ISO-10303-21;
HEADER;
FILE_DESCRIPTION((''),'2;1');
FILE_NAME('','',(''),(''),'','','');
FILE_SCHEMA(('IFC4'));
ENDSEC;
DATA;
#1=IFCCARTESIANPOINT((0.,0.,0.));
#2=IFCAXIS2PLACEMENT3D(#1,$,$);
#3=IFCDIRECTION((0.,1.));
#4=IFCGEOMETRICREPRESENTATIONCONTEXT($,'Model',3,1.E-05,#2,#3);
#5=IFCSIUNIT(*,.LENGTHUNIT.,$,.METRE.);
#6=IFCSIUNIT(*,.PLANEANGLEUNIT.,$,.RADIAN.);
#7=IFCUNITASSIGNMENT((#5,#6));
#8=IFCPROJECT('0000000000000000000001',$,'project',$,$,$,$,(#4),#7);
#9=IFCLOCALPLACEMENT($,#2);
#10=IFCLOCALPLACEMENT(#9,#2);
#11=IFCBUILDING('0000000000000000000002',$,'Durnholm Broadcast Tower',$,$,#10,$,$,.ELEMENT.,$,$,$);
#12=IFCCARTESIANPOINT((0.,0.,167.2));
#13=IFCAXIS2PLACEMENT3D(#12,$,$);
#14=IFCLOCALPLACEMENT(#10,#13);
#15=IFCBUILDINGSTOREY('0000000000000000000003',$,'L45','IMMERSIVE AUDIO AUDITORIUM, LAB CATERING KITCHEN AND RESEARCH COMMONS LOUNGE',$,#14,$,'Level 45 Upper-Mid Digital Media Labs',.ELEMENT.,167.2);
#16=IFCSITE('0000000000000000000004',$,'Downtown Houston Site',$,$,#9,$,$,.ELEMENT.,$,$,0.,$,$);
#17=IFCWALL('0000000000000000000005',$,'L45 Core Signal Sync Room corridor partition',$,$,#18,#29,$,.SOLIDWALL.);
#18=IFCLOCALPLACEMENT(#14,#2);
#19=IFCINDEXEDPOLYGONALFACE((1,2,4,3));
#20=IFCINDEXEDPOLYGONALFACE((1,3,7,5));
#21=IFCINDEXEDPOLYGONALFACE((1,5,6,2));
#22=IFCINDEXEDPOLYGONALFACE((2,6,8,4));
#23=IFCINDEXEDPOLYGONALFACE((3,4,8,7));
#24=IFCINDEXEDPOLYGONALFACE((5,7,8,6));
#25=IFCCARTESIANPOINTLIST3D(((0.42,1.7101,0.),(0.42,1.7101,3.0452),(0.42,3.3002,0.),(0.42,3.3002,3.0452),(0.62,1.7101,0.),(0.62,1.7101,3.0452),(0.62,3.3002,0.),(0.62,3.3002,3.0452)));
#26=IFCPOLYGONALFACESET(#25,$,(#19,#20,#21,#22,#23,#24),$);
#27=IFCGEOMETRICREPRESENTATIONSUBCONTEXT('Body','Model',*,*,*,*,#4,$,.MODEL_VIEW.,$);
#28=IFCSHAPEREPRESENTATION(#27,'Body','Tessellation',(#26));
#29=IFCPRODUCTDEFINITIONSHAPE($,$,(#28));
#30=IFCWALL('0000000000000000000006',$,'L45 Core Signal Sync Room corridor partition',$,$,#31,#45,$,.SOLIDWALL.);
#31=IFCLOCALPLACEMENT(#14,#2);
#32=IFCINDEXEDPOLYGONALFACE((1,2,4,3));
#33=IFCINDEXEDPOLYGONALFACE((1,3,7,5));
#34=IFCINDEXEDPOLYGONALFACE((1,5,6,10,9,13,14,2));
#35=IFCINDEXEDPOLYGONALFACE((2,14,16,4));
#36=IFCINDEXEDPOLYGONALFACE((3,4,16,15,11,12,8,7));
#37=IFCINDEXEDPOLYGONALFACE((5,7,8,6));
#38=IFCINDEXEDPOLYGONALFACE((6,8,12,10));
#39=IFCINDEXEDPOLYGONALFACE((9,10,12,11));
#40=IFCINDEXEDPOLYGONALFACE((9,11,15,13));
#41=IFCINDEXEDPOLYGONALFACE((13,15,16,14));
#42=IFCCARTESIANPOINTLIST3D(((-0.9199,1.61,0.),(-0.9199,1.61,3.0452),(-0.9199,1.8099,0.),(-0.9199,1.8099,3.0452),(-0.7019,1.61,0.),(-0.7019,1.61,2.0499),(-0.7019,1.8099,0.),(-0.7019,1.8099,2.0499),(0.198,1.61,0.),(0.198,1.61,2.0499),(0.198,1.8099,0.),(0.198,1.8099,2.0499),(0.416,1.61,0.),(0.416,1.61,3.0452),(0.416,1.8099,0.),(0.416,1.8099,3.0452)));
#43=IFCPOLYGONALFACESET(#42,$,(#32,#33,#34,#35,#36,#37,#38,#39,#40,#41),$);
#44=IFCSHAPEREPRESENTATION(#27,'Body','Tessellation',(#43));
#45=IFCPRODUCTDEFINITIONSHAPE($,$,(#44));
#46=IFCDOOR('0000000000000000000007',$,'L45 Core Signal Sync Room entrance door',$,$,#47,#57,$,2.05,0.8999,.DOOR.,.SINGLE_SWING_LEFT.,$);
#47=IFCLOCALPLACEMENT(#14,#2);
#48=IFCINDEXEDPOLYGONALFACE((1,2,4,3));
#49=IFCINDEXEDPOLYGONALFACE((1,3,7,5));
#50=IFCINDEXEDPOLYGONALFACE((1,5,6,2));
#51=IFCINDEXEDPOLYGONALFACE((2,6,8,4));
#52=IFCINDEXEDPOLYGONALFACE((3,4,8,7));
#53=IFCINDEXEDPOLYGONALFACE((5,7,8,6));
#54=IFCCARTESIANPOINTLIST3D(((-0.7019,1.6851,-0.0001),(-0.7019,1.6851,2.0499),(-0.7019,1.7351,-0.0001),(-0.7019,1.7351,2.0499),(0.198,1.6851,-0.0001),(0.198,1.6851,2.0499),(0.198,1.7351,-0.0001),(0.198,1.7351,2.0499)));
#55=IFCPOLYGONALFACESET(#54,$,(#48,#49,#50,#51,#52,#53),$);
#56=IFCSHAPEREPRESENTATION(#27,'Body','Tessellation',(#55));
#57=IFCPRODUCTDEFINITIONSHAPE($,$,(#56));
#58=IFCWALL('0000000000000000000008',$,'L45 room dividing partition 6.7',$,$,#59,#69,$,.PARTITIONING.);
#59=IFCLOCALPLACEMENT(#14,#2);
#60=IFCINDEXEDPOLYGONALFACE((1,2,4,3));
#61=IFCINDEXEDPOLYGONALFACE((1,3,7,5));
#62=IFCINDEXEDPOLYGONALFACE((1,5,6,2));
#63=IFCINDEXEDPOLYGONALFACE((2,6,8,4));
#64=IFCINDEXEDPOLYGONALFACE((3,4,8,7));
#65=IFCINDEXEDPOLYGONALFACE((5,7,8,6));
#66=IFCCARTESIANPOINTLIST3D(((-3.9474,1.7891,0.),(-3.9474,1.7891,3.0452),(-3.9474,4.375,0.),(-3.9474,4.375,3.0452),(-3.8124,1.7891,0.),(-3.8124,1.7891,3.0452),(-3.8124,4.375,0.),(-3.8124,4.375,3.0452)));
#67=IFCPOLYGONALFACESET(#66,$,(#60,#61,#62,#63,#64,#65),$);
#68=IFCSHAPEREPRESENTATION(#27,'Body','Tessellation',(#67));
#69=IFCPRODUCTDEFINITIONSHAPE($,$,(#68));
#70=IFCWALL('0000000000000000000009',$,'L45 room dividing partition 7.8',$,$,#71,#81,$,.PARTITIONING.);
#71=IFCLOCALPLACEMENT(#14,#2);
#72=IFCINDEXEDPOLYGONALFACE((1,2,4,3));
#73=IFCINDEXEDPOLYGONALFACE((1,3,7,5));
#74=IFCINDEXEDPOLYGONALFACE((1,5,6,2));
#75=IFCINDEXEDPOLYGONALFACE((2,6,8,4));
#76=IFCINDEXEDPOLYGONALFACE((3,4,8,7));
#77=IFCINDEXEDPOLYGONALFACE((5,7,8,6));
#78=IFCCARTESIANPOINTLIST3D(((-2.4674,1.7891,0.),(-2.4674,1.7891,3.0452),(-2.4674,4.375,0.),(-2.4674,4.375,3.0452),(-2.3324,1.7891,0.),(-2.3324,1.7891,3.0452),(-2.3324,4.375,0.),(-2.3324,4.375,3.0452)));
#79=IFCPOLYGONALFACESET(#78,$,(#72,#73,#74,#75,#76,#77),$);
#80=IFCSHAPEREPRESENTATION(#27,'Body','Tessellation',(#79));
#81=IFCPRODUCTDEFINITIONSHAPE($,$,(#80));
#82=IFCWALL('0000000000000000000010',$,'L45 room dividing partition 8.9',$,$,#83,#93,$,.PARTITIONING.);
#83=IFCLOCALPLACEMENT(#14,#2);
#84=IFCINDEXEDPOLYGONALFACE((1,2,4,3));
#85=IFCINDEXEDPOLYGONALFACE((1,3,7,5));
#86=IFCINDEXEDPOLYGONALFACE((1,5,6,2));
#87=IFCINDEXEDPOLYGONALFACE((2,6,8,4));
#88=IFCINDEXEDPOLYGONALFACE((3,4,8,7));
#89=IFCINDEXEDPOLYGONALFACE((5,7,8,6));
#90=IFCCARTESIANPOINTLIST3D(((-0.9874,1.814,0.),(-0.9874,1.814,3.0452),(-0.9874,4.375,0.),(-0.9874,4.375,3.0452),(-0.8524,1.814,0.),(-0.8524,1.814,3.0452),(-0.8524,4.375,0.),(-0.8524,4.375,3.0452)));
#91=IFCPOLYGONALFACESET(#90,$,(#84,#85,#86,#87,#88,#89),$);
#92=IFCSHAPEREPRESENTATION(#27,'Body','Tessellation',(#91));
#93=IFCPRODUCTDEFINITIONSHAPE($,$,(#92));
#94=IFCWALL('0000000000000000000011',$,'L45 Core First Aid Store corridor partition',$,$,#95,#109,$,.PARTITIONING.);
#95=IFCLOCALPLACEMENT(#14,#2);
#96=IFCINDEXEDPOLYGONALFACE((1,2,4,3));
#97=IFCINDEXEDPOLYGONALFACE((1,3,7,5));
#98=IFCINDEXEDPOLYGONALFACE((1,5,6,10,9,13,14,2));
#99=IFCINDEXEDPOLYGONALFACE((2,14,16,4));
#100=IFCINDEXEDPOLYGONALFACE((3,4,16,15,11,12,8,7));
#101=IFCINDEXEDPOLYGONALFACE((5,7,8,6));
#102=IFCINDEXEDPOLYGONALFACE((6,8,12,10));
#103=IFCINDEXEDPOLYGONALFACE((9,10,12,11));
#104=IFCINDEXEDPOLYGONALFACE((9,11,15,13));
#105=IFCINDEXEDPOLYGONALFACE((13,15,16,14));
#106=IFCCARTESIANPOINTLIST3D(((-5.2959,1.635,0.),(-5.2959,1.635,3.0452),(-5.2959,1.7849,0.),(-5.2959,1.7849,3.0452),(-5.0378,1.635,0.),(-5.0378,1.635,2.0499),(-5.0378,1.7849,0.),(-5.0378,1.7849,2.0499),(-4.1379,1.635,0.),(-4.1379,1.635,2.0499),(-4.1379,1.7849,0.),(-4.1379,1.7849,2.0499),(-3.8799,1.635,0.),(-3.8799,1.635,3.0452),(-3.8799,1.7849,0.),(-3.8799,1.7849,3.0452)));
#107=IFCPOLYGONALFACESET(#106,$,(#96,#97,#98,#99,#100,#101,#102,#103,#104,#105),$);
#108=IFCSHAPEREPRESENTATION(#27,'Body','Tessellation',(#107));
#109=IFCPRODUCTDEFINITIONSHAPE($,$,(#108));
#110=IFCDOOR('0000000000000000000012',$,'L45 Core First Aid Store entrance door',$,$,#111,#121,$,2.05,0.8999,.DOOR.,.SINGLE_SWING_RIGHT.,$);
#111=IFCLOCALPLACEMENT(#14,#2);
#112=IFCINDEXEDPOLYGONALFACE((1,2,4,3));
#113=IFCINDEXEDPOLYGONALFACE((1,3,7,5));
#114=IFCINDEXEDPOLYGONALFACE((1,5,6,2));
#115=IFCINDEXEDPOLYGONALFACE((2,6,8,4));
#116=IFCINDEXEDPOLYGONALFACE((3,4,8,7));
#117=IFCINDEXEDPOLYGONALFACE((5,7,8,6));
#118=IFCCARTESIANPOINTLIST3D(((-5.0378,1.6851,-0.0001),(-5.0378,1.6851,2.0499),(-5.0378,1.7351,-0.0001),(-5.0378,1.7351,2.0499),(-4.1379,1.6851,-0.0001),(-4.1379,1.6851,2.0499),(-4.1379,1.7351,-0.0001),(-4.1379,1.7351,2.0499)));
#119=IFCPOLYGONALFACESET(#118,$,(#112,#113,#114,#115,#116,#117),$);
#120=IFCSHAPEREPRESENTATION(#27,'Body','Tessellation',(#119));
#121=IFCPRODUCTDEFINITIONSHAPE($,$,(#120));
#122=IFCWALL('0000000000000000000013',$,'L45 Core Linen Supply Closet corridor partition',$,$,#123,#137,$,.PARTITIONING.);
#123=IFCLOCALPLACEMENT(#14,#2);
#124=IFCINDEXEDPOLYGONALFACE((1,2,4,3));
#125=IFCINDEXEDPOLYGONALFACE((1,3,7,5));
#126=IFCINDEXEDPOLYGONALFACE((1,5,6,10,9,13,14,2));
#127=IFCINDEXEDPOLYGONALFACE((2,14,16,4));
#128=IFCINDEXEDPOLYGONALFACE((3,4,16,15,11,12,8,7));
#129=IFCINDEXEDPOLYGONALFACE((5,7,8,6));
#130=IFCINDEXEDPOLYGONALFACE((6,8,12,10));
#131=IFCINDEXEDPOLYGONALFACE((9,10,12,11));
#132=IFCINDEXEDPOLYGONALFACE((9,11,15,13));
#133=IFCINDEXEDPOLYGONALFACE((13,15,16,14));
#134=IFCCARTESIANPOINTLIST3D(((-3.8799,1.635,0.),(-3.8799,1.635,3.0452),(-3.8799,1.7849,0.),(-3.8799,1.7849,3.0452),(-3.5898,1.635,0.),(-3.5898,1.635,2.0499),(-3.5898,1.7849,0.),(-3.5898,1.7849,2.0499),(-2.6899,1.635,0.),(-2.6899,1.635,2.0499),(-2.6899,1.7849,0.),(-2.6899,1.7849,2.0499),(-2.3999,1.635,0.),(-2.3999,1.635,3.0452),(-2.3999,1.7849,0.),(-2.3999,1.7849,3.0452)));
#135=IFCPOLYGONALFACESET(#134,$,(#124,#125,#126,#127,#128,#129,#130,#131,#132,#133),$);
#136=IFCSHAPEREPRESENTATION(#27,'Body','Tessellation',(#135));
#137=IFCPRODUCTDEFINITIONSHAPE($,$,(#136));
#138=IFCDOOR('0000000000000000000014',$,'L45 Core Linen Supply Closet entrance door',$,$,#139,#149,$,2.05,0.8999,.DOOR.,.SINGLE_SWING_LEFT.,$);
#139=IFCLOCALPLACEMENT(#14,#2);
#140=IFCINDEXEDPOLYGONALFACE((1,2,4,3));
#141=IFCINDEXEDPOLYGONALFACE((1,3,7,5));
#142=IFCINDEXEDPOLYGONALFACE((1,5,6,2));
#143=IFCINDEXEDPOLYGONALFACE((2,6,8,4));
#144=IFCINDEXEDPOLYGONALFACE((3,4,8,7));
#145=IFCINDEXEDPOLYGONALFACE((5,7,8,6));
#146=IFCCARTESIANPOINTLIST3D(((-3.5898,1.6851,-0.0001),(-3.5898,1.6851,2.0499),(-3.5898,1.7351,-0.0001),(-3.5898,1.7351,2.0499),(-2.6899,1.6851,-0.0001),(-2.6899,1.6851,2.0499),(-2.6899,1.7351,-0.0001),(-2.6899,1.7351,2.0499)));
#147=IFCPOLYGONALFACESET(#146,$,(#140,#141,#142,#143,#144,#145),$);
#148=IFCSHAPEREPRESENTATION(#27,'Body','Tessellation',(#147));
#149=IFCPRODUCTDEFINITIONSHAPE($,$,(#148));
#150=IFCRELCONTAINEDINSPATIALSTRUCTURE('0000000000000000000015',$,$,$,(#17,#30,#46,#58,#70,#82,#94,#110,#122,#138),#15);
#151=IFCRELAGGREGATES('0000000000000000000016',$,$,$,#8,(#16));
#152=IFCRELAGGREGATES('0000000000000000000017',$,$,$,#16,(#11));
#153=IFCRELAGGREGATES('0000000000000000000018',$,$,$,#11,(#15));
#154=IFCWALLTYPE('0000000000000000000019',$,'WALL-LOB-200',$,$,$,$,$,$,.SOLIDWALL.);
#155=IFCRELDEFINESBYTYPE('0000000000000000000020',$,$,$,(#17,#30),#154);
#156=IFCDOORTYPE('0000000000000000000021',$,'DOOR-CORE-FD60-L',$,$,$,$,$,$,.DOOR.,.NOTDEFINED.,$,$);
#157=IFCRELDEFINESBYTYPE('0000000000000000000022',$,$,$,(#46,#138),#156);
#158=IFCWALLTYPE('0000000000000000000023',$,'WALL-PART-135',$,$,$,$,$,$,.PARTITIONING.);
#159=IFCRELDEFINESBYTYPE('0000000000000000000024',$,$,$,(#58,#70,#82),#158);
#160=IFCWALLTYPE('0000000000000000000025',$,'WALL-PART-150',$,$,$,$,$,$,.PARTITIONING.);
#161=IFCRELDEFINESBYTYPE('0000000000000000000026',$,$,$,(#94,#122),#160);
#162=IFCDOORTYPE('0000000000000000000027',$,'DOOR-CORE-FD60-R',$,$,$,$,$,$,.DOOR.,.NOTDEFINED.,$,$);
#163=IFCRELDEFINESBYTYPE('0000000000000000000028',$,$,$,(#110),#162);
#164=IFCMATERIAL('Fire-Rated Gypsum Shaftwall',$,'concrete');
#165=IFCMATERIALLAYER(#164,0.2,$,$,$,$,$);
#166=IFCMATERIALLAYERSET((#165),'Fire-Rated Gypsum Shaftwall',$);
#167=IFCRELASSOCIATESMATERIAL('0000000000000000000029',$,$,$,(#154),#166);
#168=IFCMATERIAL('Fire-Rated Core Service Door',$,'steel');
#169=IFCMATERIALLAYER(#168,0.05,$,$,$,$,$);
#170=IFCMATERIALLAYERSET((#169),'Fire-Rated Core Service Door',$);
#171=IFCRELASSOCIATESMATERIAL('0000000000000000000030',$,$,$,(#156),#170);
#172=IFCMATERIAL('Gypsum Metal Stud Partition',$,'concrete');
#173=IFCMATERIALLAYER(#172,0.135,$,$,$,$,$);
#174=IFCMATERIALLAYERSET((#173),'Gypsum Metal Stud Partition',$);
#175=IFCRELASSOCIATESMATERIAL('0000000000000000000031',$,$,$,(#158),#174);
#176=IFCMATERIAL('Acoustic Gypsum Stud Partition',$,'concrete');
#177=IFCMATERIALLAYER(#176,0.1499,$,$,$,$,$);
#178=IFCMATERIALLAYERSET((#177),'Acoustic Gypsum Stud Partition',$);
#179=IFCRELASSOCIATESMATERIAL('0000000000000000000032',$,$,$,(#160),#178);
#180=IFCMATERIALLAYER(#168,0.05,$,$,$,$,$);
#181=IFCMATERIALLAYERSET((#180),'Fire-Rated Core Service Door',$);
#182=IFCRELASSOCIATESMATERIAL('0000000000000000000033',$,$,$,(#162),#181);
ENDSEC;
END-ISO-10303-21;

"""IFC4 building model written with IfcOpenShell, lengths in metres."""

from ifc_helpers import new_model, si_unit, direction, frame, frame_2d, origin, place, context, subcontext, project, spatial, rectangle, extrude, source, transform, mapped, material, layer, layer_set, type_object, type_shapes, element, fill, save


model = new_model("IFC4")

# Units and contexts
model_context = context("Model", 3, precision=1e-05, world=origin(), true_north=direction((0.0, 1.0)))
body_context = subcontext(model_context, "Body", "Model", "MODEL_VIEW")
ifc_project = project(units=[si_unit("LENGTHUNIT", "METRE"), si_unit("PLANEANGLEUNIT", "RADIAN")], contexts=[model_context])

# Site, building, storey
site_placement = place(None, origin())
site = spatial("IfcSite", under=ifc_project, at=site_placement, Name="Downtown Houston Site", CompositionType="ELEMENT", RefElevation=0.0)
building_placement = place(site_placement, origin())
building = spatial("IfcBuilding", under=site, at=building_placement, Name="Durnholm Broadcast Tower", CompositionType="ELEMENT")
storey_placement = place(building_placement, frame((0.0, 0.0, 167.2)))
storey = spatial("IfcBuildingStorey", under=building, at=storey_placement, Name="L45", Description="IMMERSIVE AUDIO AUDITORIUM, LAB CATERING KITCHEN AND RESEARCH COMMONS LOUNGE", LongName="Level 45 Upper-Mid Digital Media Labs", CompositionType="ELEMENT", Elevation=167.2)

# Shared definitions
ifc_material_1 = material(Name="Fire-Rated Gypsum Shaftwall", Category="concrete")
ifc_layer_1 = layer(ifc_material_1, 0.2)
ifc_layer_set_1 = layer_set([ifc_layer_1], Name="Fire-Rated Gypsum Shaftwall")
wall_type_1 = type_object("IfcWallType", Name="WALL-LOB-200", PredefinedType="SOLIDWALL", material=ifc_layer_set_1)

# Wall
wall_1_placement = place(storey_placement, frame((0.52, 3.3, 0.0), z_axis=(0.0, 0.0, 1.0), x_axis=(0.0, -1.0, 0.0)))
element("IfcWall", 1, at=wall_1_placement, inside=storey, type_object=wall_type_1, Name="L45 Core Signal Sync Room corridor partition", PredefinedType="SOLIDWALL", context=body_context, shape_type="SweptSolid", body=[
    extrude(rectangle(XDim=1.5901, YDim=0.2, at=frame_2d((0.7949, 0.0))), origin(), (0.0, 0.0, 1.0), 3.0452),
])

# Wall, opening, door
wall_2_placement = place(storey_placement, frame((0.416, 1.71, 0.0), z_axis=(0.0, 0.0, 1.0), x_axis=(-1.0, 0.0, 0.0)))
wall_2 = element("IfcWall", 2, at=wall_2_placement, inside=storey, type_object=wall_type_1, Name="L45 Core Signal Sync Room corridor partition", PredefinedType="SOLIDWALL", context=body_context, shape_type="SweptSolid", body=[
    extrude(rectangle(XDim=1.3359, YDim=0.2, at=frame_2d((0.668, 0.0))), origin(), (0.0, 0.0, 1.0), 3.0452),
])
opening_1_placement = place(wall_2_placement, frame((0.218, 0.0, 0.0)))
opening_1 = element("IfcOpeningElement", 3, at=opening_1_placement, cuts=wall_2, PredefinedType="OPENING", context=body_context, shape_type="SweptSolid", body=[
    extrude(rectangle(XDim=0.8999, YDim=2.05, at=frame_2d((0.45, 1.0249))), frame((0.0, 0.1099, 0.0), z_axis=(0.0, -1.0, 0.0), x_axis=(1.0, 0.0, 0.0)), (0.0, 0.0, 1.0), 0.22),
])
ifc_material_2 = material(Name="Fire-Rated Core Service Door", Category="steel")
ifc_layer_2 = layer(ifc_material_2, 0.05)
ifc_layer_set_2 = layer_set([ifc_layer_2], Name="Fire-Rated Core Service Door")
door_type_1 = type_object("IfcDoorType", Name="DOOR-CORE-FD60-L", OperationType="NOTDEFINED", PredefinedType="DOOR", material=ifc_layer_set_2)
shared_shape_1 = source(origin(), body_context, "Body", "SweptSolid", [
    extrude(rectangle(XDim=0.8999, YDim=2.05, at=frame_2d((0.45, 1.0249))), frame((0.0, 0.0249, 0.0), z_axis=(0.0, -1.0, 0.0), x_axis=(1.0, 0.0, 0.0)), (0.0, 0.0, 1.0), 0.05),
])
type_shapes(door_type_1, [shared_shape_1])
door_1_placement = place(opening_1_placement, origin())
door_1 = element("IfcDoor", 4, at=door_1_placement, inside=storey, type_object=door_type_1, Name="L45 Core Signal Sync Room entrance door", OperationType="SINGLE_SWING_LEFT", OverallHeight=2.05, OverallWidth=0.8999, PredefinedType="DOOR", context=body_context, shape_type="MappedRepresentation", body=[
    mapped(shared_shape_1, transform((0.0, 0.0, 0.0), x_axis=(1.0, 0.0, 0.0), y_axis=(0.0, 1.0, 0.0), z_axis=(0.0, 0.0, 1.0), scale=1.0)),
])
fill(opening_1, door_1)

# Walls
ifc_material_3 = material(Name="Gypsum Metal Stud Partition", Category="concrete")
ifc_layer_3 = layer(ifc_material_3, 0.135)
ifc_layer_set_3 = layer_set([ifc_layer_3], Name="Gypsum Metal Stud Partition")
wall_type_2 = type_object("IfcWallType", Name="WALL-PART-135", PredefinedType="PARTITIONING", material=ifc_layer_set_3)
for number, where, z_axis, x_axis, name in (
    (5, (-3.8799, 4.375, 0.0), (0.0, 0.0, 1.0), (0.0, -1.0, 0.0), "L45 room dividing partition 6.7"),
    (6, (-2.3999, 4.375, 0.0), (0.0, 0.0, 1.0), (0.0, -1.0, 0.0), "L45 room dividing partition 7.8"),
):
    element("IfcWall", number, at=place(storey_placement, frame(where, z_axis=z_axis, x_axis=x_axis)), inside=storey, type_object=wall_type_2, Name=name, PredefinedType="PARTITIONING", context=body_context, shape_type="SweptSolid", body=[
        extrude(rectangle(XDim=2.5859, YDim=0.135, at=frame_2d((1.293, 0.0))), origin(), (0.0, 0.0, 1.0), 3.0452),
    ])
wall_3_placement = place(storey_placement, frame((-0.9199, 4.375, 0.0), z_axis=(0.0, 0.0, 1.0), x_axis=(0.0, -1.0, 0.0)))
element("IfcWall", 7, at=wall_3_placement, inside=storey, type_object=wall_type_2, Name="L45 room dividing partition 8.9", PredefinedType="PARTITIONING", context=body_context, shape_type="SweptSolid", body=[
    extrude(rectangle(XDim=2.561, YDim=0.135, at=frame_2d((1.2805, 0.0))), origin(), (0.0, 0.0, 1.0), 3.0452),
])

# Walls, openings, doors
ifc_material_4 = material(Name="Acoustic Gypsum Stud Partition", Category="concrete")
ifc_layer_4 = layer(ifc_material_4, 0.1499)
ifc_layer_set_4 = layer_set([ifc_layer_4], Name="Acoustic Gypsum Stud Partition")
wall_type_3 = type_object("IfcWallType", Name="WALL-PART-150", PredefinedType="PARTITIONING", material=ifc_layer_set_4)
wall_4_placement = place(storey_placement, frame((-3.8799, 1.71, 0.0), z_axis=(0.0, 0.0, 1.0), x_axis=(-1.0, 0.0, 0.0)))
wall_4 = element("IfcWall", 8, at=wall_4_placement, inside=storey, type_object=wall_type_3, Name="L45 Core First Aid Store corridor partition", PredefinedType="PARTITIONING", context=body_context, shape_type="SweptSolid", body=[
    extrude(rectangle(XDim=1.416, YDim=0.1499, at=frame_2d((0.708, 0.0))), origin(), (0.0, 0.0, 1.0), 3.0452),
])
opening_2_placement = place(wall_4_placement, frame((0.2581, 0.0, 0.0)))
opening_2 = element("IfcOpeningElement", 9, at=opening_2_placement, cuts=wall_4, PredefinedType="OPENING", context=body_context, shape_type="SweptSolid", body=[
    extrude(rectangle(XDim=0.8999, YDim=2.05, at=frame_2d((0.45, 1.0249))), frame((0.0, 0.085, 0.0), z_axis=(0.0, -1.0, 0.0), x_axis=(1.0, 0.0, 0.0)), (0.0, 0.0, 1.0), 0.1699),
])
ifc_layer_5 = layer(ifc_material_2, 0.05)
ifc_layer_set_5 = layer_set([ifc_layer_5], Name="Fire-Rated Core Service Door")
door_type_2 = type_object("IfcDoorType", Name="DOOR-CORE-FD60-R", OperationType="NOTDEFINED", PredefinedType="DOOR", material=ifc_layer_set_5)
shared_shape_2 = source(origin(), body_context, "Body", "SweptSolid", [
    extrude(rectangle(XDim=0.8999, YDim=2.05, at=frame_2d((0.45, 1.0249))), frame((0.0, 0.0249, 0.0), z_axis=(0.0, -1.0, 0.0), x_axis=(1.0, 0.0, 0.0)), (0.0, 0.0, 1.0), 0.05),
])
type_shapes(door_type_2, [shared_shape_2])
door_2_placement = place(opening_2_placement, origin())
door_2 = element("IfcDoor", 10, at=door_2_placement, inside=storey, type_object=door_type_2, Name="L45 Core First Aid Store entrance door", OperationType="SINGLE_SWING_RIGHT", OverallHeight=2.05, OverallWidth=0.8999, PredefinedType="DOOR", context=body_context, shape_type="MappedRepresentation", body=[
    mapped(shared_shape_2, transform((0.0, 0.0, 0.0), x_axis=(1.0, 0.0, 0.0), y_axis=(0.0, 1.0, 0.0), z_axis=(0.0, 0.0, 1.0), scale=1.0)),
])
fill(opening_2, door_2)
wall_5_placement = place(storey_placement, frame((-2.3999, 1.71, 0.0), z_axis=(0.0, 0.0, 1.0), x_axis=(-1.0, 0.0, 0.0)))
wall_5 = element("IfcWall", 11, at=wall_5_placement, inside=storey, type_object=wall_type_3, Name="L45 Core Linen Supply Closet corridor partition", PredefinedType="PARTITIONING", context=body_context, shape_type="SweptSolid", body=[
    extrude(rectangle(XDim=1.48, YDim=0.1499, at=frame_2d((0.74, 0.0))), origin(), (0.0, 0.0, 1.0), 3.0452),
])
opening_3_placement = place(wall_5_placement, frame((0.29, 0.0, 0.0)))
opening_3 = element("IfcOpeningElement", 12, at=opening_3_placement, cuts=wall_5, PredefinedType="OPENING", context=body_context, shape_type="SweptSolid", body=[
    extrude(rectangle(XDim=0.8999, YDim=2.05, at=frame_2d((0.45, 1.0249))), frame((0.0, 0.085, 0.0), z_axis=(0.0, -1.0, 0.0), x_axis=(1.0, 0.0, 0.0)), (0.0, 0.0, 1.0), 0.1699),
])
door_3_placement = place(opening_3_placement, origin())
door_3 = element("IfcDoor", 13, at=door_3_placement, inside=storey, type_object=door_type_1, Name="L45 Core Linen Supply Closet entrance door", OperationType="SINGLE_SWING_LEFT", OverallHeight=2.05, OverallWidth=0.8999, PredefinedType="DOOR", context=body_context, shape_type="MappedRepresentation", body=[
    mapped(shared_shape_1, transform((0.0, 0.0, 0.0), x_axis=(1.0, 0.0, 0.0), y_axis=(0.0, 1.0, 0.0), z_axis=(0.0, 0.0, 1.0), scale=1.0)),
])
fill(opening_3, door_3)

save(model, "model.ifc")
